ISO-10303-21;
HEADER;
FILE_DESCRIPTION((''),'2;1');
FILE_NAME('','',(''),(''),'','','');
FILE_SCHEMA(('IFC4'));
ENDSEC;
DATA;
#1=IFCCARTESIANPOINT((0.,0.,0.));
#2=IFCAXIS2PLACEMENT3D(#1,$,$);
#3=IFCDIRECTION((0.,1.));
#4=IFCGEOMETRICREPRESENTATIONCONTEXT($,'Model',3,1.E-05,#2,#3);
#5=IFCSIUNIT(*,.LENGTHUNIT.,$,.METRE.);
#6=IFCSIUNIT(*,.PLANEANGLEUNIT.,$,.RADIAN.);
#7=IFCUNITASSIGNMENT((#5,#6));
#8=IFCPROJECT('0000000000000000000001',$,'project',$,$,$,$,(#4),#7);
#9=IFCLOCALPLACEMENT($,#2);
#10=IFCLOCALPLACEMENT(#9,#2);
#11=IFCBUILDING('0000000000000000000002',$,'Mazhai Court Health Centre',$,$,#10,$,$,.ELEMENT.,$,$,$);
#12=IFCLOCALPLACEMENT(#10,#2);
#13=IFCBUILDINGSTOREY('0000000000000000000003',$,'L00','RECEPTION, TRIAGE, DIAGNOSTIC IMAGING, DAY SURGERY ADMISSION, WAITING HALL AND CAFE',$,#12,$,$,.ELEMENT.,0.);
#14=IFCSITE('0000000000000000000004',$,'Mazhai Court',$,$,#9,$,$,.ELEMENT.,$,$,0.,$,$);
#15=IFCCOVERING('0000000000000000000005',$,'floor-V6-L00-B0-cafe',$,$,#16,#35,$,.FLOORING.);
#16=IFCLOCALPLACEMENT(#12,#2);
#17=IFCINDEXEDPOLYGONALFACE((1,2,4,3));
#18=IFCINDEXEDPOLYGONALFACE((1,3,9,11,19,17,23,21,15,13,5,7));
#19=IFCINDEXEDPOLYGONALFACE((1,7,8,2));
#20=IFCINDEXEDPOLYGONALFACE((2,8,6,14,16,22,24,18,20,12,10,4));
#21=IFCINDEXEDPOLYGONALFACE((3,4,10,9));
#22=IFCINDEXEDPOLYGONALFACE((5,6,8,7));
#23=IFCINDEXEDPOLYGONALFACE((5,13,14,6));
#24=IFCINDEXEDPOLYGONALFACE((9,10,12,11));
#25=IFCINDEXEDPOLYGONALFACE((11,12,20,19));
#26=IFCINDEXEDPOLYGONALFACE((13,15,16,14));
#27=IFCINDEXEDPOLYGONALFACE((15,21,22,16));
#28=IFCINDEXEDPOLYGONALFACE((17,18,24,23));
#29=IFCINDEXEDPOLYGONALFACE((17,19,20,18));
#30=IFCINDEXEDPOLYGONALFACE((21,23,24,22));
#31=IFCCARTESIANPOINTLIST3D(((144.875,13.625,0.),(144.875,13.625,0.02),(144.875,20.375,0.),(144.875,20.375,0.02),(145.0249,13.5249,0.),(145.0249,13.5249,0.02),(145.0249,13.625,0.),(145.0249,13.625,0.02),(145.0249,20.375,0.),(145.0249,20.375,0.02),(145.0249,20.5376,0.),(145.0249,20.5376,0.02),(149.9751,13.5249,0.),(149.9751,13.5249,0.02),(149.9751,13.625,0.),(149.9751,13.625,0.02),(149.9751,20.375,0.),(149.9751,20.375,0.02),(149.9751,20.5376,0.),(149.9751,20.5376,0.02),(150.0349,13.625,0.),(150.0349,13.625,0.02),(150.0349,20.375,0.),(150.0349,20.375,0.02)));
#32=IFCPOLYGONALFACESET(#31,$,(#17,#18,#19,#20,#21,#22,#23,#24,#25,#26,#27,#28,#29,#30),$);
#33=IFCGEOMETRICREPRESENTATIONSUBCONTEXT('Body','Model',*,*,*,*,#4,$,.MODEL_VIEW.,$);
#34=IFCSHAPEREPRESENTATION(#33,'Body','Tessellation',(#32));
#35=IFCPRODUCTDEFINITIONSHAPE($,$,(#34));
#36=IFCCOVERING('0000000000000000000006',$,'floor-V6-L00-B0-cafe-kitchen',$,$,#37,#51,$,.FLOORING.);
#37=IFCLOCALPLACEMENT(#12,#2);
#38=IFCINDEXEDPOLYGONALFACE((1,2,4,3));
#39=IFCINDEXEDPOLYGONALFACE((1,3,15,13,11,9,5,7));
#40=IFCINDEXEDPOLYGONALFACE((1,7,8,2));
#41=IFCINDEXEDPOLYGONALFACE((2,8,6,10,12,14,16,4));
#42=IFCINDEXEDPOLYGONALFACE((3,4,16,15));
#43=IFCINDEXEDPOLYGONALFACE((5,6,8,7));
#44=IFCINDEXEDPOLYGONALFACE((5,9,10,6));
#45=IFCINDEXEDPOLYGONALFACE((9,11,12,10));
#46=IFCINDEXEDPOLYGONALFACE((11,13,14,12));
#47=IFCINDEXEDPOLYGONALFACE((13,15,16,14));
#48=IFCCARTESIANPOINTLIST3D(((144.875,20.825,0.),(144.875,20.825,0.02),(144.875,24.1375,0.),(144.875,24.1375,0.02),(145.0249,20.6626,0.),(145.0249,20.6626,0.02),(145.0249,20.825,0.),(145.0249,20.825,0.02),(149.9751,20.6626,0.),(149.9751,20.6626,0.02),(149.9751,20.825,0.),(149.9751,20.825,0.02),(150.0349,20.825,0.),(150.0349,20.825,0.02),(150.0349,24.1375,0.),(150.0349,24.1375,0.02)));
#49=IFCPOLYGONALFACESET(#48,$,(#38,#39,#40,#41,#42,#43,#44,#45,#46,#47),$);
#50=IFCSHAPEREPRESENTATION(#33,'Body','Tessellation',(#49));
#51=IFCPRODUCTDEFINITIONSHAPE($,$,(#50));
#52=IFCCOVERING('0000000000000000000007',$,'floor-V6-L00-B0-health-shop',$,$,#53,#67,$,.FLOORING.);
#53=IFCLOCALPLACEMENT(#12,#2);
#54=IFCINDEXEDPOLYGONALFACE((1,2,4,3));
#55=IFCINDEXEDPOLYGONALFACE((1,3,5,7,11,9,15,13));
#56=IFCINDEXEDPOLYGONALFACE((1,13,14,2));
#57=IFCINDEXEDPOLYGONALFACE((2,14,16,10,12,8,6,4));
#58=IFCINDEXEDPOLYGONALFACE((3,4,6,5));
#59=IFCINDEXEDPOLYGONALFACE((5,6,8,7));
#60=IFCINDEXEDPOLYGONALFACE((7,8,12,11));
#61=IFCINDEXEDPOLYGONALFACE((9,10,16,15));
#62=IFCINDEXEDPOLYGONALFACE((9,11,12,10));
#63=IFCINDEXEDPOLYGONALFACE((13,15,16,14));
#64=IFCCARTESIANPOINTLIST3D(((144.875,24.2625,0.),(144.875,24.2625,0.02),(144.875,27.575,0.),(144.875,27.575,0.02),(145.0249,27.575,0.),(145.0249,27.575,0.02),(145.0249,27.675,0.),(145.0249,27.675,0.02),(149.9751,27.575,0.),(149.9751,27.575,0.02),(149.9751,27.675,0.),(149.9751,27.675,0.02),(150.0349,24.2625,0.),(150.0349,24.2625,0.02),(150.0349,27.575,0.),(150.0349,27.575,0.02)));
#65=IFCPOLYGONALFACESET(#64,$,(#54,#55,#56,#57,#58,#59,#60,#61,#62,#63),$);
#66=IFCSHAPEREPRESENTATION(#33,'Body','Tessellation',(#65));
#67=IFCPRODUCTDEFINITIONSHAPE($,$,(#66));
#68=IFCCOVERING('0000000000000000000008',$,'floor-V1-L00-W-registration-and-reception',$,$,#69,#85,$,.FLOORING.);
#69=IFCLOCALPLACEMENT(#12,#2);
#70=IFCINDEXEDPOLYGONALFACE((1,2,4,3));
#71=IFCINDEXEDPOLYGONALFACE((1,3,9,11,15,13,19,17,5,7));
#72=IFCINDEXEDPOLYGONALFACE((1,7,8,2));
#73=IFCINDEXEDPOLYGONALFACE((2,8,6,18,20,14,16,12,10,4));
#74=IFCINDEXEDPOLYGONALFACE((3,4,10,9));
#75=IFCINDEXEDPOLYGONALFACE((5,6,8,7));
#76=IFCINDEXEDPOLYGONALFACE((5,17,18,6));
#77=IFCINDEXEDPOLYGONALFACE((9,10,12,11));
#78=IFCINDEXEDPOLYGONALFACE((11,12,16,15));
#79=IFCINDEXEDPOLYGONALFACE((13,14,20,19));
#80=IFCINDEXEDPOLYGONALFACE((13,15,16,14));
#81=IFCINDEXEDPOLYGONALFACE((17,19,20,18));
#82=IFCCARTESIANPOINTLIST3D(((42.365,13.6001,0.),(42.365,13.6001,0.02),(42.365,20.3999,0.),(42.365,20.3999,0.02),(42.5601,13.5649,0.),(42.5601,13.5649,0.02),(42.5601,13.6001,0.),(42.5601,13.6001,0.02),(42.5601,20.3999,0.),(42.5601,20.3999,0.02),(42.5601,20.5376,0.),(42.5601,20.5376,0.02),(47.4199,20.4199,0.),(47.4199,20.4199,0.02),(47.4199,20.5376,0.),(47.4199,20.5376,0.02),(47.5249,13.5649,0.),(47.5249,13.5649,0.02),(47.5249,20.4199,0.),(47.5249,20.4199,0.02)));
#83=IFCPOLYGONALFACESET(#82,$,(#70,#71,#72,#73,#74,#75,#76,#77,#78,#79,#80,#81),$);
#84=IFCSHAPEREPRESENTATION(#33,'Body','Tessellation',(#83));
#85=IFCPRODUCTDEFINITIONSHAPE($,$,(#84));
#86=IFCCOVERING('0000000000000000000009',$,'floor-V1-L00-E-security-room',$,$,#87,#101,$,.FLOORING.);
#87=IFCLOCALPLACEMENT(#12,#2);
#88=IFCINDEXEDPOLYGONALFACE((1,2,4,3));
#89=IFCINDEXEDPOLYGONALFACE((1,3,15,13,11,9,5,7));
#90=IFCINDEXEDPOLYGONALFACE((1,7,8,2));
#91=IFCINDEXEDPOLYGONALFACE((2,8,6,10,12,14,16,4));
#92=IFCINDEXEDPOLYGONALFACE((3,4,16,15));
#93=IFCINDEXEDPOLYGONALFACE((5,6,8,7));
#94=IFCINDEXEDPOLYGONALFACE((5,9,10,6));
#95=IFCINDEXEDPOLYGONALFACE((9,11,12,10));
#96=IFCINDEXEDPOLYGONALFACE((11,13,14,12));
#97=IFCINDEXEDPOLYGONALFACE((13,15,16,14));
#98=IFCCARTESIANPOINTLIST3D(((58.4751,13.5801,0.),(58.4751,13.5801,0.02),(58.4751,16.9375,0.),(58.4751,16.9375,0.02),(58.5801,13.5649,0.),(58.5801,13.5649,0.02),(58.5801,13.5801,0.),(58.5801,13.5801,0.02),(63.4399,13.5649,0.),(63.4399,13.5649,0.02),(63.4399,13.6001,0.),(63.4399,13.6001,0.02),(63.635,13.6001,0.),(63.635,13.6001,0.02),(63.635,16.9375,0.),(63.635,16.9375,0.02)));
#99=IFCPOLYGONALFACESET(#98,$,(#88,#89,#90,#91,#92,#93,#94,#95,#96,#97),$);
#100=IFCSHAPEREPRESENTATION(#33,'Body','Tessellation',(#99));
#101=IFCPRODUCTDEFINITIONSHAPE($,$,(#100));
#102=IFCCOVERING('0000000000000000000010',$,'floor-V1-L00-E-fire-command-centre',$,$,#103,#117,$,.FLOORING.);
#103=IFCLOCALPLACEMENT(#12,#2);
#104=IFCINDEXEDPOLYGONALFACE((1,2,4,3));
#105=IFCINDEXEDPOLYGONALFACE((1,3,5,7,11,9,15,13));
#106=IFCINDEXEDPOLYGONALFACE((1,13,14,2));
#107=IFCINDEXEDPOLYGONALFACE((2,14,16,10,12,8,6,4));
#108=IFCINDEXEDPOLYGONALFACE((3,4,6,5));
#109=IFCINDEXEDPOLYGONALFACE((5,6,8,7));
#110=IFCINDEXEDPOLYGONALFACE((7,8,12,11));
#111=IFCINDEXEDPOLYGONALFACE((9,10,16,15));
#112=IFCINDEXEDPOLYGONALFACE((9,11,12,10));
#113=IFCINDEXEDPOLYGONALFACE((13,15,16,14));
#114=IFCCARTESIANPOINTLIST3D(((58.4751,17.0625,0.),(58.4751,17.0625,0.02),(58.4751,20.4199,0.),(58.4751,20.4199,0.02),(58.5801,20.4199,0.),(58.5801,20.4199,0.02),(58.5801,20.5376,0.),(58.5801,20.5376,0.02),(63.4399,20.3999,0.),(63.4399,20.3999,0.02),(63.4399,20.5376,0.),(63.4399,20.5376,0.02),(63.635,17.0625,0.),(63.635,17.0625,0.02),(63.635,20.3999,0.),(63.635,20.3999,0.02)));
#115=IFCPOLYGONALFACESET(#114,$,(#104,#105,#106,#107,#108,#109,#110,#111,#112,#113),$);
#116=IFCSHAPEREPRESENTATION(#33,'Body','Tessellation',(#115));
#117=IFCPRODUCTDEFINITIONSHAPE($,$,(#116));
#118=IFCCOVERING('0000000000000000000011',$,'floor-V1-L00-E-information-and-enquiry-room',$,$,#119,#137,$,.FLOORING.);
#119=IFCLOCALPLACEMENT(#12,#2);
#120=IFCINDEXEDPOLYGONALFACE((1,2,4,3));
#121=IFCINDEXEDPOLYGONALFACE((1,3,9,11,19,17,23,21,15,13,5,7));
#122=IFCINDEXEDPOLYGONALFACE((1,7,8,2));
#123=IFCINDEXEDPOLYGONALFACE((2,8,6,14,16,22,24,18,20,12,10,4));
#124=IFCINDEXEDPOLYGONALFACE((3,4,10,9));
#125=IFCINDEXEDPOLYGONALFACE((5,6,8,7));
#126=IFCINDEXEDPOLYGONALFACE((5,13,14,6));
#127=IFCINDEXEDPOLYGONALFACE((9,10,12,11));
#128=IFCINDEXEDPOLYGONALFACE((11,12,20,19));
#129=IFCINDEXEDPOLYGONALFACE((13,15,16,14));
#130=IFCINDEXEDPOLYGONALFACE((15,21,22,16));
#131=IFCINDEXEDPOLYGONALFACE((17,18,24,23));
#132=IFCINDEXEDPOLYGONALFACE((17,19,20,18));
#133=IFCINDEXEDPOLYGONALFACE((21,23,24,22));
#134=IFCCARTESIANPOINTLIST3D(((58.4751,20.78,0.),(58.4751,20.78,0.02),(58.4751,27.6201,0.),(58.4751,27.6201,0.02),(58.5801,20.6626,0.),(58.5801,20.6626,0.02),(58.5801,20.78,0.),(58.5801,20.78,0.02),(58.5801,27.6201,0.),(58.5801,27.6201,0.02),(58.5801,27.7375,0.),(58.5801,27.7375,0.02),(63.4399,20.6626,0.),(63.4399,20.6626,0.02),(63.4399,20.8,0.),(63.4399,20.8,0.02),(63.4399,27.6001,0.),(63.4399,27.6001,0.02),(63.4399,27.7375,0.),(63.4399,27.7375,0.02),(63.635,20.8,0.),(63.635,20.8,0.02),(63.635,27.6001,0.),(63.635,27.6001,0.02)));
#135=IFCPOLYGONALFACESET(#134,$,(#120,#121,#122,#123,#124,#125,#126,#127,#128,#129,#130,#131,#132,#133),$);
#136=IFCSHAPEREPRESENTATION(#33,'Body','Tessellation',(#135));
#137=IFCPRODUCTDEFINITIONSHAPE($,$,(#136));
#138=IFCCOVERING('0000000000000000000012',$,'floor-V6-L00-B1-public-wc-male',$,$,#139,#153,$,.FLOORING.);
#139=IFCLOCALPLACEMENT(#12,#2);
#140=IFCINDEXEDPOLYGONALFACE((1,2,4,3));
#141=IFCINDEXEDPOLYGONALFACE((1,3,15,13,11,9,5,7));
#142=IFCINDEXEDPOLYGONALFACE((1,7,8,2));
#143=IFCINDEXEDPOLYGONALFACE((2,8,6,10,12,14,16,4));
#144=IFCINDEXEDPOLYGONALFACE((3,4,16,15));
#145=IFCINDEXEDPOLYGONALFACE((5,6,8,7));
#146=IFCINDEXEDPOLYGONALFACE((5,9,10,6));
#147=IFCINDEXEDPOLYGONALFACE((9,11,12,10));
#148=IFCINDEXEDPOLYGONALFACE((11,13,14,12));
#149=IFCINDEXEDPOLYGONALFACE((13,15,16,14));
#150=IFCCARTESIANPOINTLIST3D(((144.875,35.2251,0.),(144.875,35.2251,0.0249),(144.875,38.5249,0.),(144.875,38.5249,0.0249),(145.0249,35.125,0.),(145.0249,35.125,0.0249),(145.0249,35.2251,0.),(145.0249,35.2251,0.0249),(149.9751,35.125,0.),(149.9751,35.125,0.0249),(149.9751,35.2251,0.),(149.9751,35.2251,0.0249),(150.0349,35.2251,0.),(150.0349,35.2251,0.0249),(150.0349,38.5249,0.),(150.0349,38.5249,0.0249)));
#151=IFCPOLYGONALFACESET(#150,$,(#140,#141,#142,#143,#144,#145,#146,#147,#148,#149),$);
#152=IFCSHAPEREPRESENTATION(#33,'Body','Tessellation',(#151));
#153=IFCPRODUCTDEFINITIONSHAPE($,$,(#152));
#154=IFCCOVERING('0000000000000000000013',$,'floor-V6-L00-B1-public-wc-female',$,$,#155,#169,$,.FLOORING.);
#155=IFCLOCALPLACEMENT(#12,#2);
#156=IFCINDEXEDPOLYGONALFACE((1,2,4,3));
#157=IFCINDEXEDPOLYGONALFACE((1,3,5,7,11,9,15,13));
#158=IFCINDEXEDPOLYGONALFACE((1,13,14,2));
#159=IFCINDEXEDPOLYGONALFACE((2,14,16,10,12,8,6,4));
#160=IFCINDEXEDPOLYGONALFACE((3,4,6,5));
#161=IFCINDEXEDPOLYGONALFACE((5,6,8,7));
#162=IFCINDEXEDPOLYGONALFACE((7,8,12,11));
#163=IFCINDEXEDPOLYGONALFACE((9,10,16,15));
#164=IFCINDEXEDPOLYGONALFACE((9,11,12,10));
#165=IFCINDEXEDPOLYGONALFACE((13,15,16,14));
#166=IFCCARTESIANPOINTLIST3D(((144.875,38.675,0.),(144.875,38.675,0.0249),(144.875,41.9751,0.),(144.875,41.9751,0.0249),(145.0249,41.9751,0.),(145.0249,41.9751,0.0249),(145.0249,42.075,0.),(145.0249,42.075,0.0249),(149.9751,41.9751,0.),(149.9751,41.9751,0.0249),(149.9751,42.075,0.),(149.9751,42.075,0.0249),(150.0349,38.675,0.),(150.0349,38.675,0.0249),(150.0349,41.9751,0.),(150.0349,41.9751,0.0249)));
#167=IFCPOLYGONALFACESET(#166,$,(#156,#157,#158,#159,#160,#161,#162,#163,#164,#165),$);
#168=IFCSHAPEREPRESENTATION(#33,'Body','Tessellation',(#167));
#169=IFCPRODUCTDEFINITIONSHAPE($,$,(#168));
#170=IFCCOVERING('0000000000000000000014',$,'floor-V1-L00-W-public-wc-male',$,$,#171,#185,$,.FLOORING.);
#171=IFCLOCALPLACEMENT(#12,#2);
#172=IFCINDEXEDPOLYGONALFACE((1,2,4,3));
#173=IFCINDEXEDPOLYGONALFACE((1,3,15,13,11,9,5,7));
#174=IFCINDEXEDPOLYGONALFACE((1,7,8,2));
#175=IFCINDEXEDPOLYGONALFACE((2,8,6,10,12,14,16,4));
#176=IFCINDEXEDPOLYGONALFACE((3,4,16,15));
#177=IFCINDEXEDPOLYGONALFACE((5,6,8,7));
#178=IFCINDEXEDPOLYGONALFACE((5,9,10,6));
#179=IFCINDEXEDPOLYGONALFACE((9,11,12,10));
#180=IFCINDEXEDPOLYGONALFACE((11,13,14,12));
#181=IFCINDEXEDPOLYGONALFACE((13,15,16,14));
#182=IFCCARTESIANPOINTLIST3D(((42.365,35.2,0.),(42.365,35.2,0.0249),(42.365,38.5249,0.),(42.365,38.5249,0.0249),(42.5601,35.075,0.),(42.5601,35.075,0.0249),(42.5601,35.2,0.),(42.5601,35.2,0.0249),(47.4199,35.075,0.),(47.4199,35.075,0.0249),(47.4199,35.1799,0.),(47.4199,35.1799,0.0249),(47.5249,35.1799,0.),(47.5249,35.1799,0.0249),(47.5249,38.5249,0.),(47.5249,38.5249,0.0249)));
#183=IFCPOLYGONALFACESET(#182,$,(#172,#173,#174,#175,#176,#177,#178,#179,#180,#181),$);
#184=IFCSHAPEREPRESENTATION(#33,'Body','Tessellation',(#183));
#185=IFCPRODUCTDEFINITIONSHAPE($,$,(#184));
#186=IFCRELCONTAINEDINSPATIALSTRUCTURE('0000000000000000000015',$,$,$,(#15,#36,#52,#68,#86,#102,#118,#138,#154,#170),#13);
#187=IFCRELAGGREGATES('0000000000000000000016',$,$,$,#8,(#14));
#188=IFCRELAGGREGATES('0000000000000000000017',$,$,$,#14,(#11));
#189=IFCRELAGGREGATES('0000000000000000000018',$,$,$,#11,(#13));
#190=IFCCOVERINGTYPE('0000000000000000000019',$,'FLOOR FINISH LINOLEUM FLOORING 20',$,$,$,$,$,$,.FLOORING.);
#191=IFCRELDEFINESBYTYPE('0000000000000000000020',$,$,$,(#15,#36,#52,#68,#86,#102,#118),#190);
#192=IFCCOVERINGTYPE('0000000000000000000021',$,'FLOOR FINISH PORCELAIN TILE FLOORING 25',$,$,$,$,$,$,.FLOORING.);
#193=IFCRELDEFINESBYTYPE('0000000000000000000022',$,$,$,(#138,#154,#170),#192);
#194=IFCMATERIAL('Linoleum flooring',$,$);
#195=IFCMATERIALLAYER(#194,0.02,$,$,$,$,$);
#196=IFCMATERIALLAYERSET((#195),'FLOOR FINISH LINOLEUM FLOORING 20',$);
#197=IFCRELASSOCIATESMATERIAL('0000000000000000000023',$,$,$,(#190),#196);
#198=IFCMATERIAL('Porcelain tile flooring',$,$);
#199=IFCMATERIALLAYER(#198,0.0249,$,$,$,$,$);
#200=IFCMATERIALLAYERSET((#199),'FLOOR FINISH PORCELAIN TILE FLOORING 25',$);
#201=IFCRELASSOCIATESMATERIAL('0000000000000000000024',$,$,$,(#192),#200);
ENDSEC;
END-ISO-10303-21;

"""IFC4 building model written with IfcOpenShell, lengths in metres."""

from ifc_helpers import new_model, si_unit, direction, origin, place, context, subcontext, project, spatial, polyline, outline, extrude, material, layer, layer_set, type_object, element, save


model = new_model("IFC4")

# Units and contexts
model_context = context("Model", 3, precision=1e-05, world=origin(), true_north=direction((0.0, 1.0)))
body_context = subcontext(model_context, "Body", "Model", "MODEL_VIEW")
ifc_project = project(units=[si_unit("LENGTHUNIT", "METRE"), si_unit("PLANEANGLEUNIT", "RADIAN")], contexts=[model_context])

# Site, building, storey
site_placement = place(None, origin())
site = spatial("IfcSite", under=ifc_project, at=site_placement, Name="Mazhai Court", CompositionType="ELEMENT", RefElevation=0.0)
building_placement = place(site_placement, origin())
building = spatial("IfcBuilding", under=site, at=building_placement, Name="Mazhai Court Health Centre", CompositionType="ELEMENT")
storey_placement = place(building_placement, origin())
storey = spatial("IfcBuildingStorey", under=building, at=storey_placement, Name="L00", Description="RECEPTION, TRIAGE, DIAGNOSTIC IMAGING, DAY SURGERY ADMISSION, WAITING HALL AND CAFE", CompositionType="ELEMENT", Elevation=0.0)

# Coverings
ifc_material_1 = material(Name="Linoleum flooring")
ifc_layer_1 = layer(ifc_material_1, 0.02)
ifc_layer_set_1 = layer_set([ifc_layer_1], Name="FLOOR FINISH LINOLEUM FLOORING 20")
covering_type_1 = type_object("IfcCoveringType", Name="FLOOR FINISH LINOLEUM FLOORING 20", PredefinedType="FLOORING", material=ifc_layer_set_1)
covering_1_placement = place(storey_placement, origin())
element("IfcCovering", 1, at=covering_1_placement, inside=storey, type_object=covering_type_1, Name="floor-V6-L00-B0-cafe", PredefinedType="FLOORING", context=body_context, shape_type="SweptSolid", body=[
    extrude(outline(polyline([(150.0349, 20.375), (149.9751, 20.375), (149.9751, 20.5376), (145.0249, 20.5376), (145.0249, 20.375), (144.875, 20.375), (144.875, 13.625), (145.0249, 13.625), (145.0249, 13.5249), (149.9751, 13.5249), (149.9751, 13.625), (150.0349, 13.625), (150.0349, 20.375)])), origin(), (0.0, 0.0, 1.0), 0.02),
])
covering_2_placement = place(storey_placement, origin())
element("IfcCovering", 2, at=covering_2_placement, inside=storey, type_object=covering_type_1, Name="floor-V6-L00-B0-cafe-kitchen", PredefinedType="FLOORING", context=body_context, shape_type="SweptSolid", body=[
    extrude(outline(polyline([(144.875, 20.825), (145.0249, 20.825), (145.0249, 20.6626), (149.9751, 20.6626), (149.9751, 20.825), (150.0349, 20.825), (150.0349, 24.1375), (144.875, 24.1375), (144.875, 20.825)])), origin(), (0.0, 0.0, 1.0), 0.02),
])
covering_3_placement = place(storey_placement, origin())
element("IfcCovering", 3, at=covering_3_placement, inside=storey, type_object=covering_type_1, Name="floor-V6-L00-B0-health-shop", PredefinedType="FLOORING", context=body_context, shape_type="SweptSolid", body=[
    extrude(outline(polyline([(150.0349, 27.575), (149.9751, 27.575), (149.9751, 27.675), (145.0249, 27.675), (145.0249, 27.575), (144.875, 27.575), (144.875, 24.2625), (150.0349, 24.2625), (150.0349, 27.575)])), origin(), (0.0, 0.0, 1.0), 0.02),
])
covering_4_placement = place(storey_placement, origin())
element("IfcCovering", 4, at=covering_4_placement, inside=storey, type_object=covering_type_1, Name="floor-V1-L00-W-registration-and-reception", PredefinedType="FLOORING", context=body_context, shape_type="SweptSolid", body=[
    extrude(outline(polyline([(47.5249, 20.4199), (47.4199, 20.4199), (47.4199, 20.5376), (42.5601, 20.5376), (42.5601, 20.3999), (42.365, 20.3999), (42.365, 13.6001), (42.5601, 13.6001), (42.5601, 13.5649), (47.5249, 13.5649), (47.5249, 20.4199)])), origin(), (0.0, 0.0, 1.0), 0.02),
])
covering_5_placement = place(storey_placement, origin())
element("IfcCovering", 5, at=covering_5_placement, inside=storey, type_object=covering_type_1, Name="floor-V1-L00-E-security-room", PredefinedType="FLOORING", context=body_context, shape_type="SweptSolid", body=[
    extrude(outline(polyline([(58.4751, 13.5801), (58.5801, 13.5801), (58.5801, 13.5649), (63.4399, 13.5649), (63.4399, 13.6001), (63.635, 13.6001), (63.635, 16.9375), (58.4751, 16.9375), (58.4751, 13.5801)])), origin(), (0.0, 0.0, 1.0), 0.02),
])
covering_6_placement = place(storey_placement, origin())
element("IfcCovering", 6, at=covering_6_placement, inside=storey, type_object=covering_type_1, Name="floor-V1-L00-E-fire-command-centre", PredefinedType="FLOORING", context=body_context, shape_type="SweptSolid", body=[
    extrude(outline(polyline([(63.635, 20.3999), (63.4399, 20.3999), (63.4399, 20.5376), (58.5801, 20.5376), (58.5801, 20.4199), (58.4751, 20.4199), (58.4751, 17.0625), (63.635, 17.0625), (63.635, 20.3999)])), origin(), (0.0, 0.0, 1.0), 0.02),
])
covering_7_placement = place(storey_placement, origin())
element("IfcCovering", 7, at=covering_7_placement, inside=storey, type_object=covering_type_1, Name="floor-V1-L00-E-information-and-enquiry-room", PredefinedType="FLOORING", context=body_context, shape_type="SweptSolid", body=[
    extrude(outline(polyline([(63.635, 27.6001), (63.4399, 27.6001), (63.4399, 27.7375), (58.5801, 27.7375), (58.5801, 27.6201), (58.4751, 27.6201), (58.4751, 20.78), (58.5801, 20.78), (58.5801, 20.6626), (63.4399, 20.6626), (63.4399, 20.8), (63.635, 20.8), (63.635, 27.6001)])), origin(), (0.0, 0.0, 1.0), 0.02),
])
ifc_material_2 = material(Name="Porcelain tile flooring")
ifc_layer_2 = layer(ifc_material_2, 0.0249)
ifc_layer_set_2 = layer_set([ifc_layer_2], Name="FLOOR FINISH PORCELAIN TILE FLOORING 25")
covering_type_2 = type_object("IfcCoveringType", Name="FLOOR FINISH PORCELAIN TILE FLOORING 25", PredefinedType="FLOORING", material=ifc_layer_set_2)
covering_8_placement = place(storey_placement, origin())
element("IfcCovering", 8, at=covering_8_placement, inside=storey, type_object=covering_type_2, Name="floor-V6-L00-B1-public-wc-male", PredefinedType="FLOORING", context=body_context, shape_type="SweptSolid", body=[
    extrude(outline(polyline([(144.875, 35.2251), (145.0249, 35.2251), (145.0249, 35.125), (149.9751, 35.125), (149.9751, 35.2251), (150.0349, 35.2251), (150.0349, 38.5249), (144.875, 38.5249), (144.875, 35.2251)])), origin(), (0.0, 0.0, 1.0), 0.0249),
])
covering_9_placement = place(storey_placement, origin())
element("IfcCovering", 9, at=covering_9_placement, inside=storey, type_object=covering_type_2, Name="floor-V6-L00-B1-public-wc-female", PredefinedType="FLOORING", context=body_context, shape_type="SweptSolid", body=[
    extrude(outline(polyline([(150.0349, 41.9751), (149.9751, 41.9751), (149.9751, 42.075), (145.0249, 42.075), (145.0249, 41.9751), (144.875, 41.9751), (144.875, 38.675), (150.0349, 38.675), (150.0349, 41.9751)])), origin(), (0.0, 0.0, 1.0), 0.0249),
])
covering_10_placement = place(storey_placement, origin())
element("IfcCovering", 10, at=covering_10_placement, inside=storey, type_object=covering_type_2, Name="floor-V1-L00-W-public-wc-male", PredefinedType="FLOORING", context=body_context, shape_type="SweptSolid", body=[
    extrude(outline(polyline([(42.365, 35.2), (42.5601, 35.2), (42.5601, 35.075), (47.4199, 35.075), (47.4199, 35.1799), (47.5249, 35.1799), (47.5249, 38.5249), (42.365, 38.5249), (42.365, 35.2)])), origin(), (0.0, 0.0, 1.0), 0.0249),
])

save(model, "model.ifc")
